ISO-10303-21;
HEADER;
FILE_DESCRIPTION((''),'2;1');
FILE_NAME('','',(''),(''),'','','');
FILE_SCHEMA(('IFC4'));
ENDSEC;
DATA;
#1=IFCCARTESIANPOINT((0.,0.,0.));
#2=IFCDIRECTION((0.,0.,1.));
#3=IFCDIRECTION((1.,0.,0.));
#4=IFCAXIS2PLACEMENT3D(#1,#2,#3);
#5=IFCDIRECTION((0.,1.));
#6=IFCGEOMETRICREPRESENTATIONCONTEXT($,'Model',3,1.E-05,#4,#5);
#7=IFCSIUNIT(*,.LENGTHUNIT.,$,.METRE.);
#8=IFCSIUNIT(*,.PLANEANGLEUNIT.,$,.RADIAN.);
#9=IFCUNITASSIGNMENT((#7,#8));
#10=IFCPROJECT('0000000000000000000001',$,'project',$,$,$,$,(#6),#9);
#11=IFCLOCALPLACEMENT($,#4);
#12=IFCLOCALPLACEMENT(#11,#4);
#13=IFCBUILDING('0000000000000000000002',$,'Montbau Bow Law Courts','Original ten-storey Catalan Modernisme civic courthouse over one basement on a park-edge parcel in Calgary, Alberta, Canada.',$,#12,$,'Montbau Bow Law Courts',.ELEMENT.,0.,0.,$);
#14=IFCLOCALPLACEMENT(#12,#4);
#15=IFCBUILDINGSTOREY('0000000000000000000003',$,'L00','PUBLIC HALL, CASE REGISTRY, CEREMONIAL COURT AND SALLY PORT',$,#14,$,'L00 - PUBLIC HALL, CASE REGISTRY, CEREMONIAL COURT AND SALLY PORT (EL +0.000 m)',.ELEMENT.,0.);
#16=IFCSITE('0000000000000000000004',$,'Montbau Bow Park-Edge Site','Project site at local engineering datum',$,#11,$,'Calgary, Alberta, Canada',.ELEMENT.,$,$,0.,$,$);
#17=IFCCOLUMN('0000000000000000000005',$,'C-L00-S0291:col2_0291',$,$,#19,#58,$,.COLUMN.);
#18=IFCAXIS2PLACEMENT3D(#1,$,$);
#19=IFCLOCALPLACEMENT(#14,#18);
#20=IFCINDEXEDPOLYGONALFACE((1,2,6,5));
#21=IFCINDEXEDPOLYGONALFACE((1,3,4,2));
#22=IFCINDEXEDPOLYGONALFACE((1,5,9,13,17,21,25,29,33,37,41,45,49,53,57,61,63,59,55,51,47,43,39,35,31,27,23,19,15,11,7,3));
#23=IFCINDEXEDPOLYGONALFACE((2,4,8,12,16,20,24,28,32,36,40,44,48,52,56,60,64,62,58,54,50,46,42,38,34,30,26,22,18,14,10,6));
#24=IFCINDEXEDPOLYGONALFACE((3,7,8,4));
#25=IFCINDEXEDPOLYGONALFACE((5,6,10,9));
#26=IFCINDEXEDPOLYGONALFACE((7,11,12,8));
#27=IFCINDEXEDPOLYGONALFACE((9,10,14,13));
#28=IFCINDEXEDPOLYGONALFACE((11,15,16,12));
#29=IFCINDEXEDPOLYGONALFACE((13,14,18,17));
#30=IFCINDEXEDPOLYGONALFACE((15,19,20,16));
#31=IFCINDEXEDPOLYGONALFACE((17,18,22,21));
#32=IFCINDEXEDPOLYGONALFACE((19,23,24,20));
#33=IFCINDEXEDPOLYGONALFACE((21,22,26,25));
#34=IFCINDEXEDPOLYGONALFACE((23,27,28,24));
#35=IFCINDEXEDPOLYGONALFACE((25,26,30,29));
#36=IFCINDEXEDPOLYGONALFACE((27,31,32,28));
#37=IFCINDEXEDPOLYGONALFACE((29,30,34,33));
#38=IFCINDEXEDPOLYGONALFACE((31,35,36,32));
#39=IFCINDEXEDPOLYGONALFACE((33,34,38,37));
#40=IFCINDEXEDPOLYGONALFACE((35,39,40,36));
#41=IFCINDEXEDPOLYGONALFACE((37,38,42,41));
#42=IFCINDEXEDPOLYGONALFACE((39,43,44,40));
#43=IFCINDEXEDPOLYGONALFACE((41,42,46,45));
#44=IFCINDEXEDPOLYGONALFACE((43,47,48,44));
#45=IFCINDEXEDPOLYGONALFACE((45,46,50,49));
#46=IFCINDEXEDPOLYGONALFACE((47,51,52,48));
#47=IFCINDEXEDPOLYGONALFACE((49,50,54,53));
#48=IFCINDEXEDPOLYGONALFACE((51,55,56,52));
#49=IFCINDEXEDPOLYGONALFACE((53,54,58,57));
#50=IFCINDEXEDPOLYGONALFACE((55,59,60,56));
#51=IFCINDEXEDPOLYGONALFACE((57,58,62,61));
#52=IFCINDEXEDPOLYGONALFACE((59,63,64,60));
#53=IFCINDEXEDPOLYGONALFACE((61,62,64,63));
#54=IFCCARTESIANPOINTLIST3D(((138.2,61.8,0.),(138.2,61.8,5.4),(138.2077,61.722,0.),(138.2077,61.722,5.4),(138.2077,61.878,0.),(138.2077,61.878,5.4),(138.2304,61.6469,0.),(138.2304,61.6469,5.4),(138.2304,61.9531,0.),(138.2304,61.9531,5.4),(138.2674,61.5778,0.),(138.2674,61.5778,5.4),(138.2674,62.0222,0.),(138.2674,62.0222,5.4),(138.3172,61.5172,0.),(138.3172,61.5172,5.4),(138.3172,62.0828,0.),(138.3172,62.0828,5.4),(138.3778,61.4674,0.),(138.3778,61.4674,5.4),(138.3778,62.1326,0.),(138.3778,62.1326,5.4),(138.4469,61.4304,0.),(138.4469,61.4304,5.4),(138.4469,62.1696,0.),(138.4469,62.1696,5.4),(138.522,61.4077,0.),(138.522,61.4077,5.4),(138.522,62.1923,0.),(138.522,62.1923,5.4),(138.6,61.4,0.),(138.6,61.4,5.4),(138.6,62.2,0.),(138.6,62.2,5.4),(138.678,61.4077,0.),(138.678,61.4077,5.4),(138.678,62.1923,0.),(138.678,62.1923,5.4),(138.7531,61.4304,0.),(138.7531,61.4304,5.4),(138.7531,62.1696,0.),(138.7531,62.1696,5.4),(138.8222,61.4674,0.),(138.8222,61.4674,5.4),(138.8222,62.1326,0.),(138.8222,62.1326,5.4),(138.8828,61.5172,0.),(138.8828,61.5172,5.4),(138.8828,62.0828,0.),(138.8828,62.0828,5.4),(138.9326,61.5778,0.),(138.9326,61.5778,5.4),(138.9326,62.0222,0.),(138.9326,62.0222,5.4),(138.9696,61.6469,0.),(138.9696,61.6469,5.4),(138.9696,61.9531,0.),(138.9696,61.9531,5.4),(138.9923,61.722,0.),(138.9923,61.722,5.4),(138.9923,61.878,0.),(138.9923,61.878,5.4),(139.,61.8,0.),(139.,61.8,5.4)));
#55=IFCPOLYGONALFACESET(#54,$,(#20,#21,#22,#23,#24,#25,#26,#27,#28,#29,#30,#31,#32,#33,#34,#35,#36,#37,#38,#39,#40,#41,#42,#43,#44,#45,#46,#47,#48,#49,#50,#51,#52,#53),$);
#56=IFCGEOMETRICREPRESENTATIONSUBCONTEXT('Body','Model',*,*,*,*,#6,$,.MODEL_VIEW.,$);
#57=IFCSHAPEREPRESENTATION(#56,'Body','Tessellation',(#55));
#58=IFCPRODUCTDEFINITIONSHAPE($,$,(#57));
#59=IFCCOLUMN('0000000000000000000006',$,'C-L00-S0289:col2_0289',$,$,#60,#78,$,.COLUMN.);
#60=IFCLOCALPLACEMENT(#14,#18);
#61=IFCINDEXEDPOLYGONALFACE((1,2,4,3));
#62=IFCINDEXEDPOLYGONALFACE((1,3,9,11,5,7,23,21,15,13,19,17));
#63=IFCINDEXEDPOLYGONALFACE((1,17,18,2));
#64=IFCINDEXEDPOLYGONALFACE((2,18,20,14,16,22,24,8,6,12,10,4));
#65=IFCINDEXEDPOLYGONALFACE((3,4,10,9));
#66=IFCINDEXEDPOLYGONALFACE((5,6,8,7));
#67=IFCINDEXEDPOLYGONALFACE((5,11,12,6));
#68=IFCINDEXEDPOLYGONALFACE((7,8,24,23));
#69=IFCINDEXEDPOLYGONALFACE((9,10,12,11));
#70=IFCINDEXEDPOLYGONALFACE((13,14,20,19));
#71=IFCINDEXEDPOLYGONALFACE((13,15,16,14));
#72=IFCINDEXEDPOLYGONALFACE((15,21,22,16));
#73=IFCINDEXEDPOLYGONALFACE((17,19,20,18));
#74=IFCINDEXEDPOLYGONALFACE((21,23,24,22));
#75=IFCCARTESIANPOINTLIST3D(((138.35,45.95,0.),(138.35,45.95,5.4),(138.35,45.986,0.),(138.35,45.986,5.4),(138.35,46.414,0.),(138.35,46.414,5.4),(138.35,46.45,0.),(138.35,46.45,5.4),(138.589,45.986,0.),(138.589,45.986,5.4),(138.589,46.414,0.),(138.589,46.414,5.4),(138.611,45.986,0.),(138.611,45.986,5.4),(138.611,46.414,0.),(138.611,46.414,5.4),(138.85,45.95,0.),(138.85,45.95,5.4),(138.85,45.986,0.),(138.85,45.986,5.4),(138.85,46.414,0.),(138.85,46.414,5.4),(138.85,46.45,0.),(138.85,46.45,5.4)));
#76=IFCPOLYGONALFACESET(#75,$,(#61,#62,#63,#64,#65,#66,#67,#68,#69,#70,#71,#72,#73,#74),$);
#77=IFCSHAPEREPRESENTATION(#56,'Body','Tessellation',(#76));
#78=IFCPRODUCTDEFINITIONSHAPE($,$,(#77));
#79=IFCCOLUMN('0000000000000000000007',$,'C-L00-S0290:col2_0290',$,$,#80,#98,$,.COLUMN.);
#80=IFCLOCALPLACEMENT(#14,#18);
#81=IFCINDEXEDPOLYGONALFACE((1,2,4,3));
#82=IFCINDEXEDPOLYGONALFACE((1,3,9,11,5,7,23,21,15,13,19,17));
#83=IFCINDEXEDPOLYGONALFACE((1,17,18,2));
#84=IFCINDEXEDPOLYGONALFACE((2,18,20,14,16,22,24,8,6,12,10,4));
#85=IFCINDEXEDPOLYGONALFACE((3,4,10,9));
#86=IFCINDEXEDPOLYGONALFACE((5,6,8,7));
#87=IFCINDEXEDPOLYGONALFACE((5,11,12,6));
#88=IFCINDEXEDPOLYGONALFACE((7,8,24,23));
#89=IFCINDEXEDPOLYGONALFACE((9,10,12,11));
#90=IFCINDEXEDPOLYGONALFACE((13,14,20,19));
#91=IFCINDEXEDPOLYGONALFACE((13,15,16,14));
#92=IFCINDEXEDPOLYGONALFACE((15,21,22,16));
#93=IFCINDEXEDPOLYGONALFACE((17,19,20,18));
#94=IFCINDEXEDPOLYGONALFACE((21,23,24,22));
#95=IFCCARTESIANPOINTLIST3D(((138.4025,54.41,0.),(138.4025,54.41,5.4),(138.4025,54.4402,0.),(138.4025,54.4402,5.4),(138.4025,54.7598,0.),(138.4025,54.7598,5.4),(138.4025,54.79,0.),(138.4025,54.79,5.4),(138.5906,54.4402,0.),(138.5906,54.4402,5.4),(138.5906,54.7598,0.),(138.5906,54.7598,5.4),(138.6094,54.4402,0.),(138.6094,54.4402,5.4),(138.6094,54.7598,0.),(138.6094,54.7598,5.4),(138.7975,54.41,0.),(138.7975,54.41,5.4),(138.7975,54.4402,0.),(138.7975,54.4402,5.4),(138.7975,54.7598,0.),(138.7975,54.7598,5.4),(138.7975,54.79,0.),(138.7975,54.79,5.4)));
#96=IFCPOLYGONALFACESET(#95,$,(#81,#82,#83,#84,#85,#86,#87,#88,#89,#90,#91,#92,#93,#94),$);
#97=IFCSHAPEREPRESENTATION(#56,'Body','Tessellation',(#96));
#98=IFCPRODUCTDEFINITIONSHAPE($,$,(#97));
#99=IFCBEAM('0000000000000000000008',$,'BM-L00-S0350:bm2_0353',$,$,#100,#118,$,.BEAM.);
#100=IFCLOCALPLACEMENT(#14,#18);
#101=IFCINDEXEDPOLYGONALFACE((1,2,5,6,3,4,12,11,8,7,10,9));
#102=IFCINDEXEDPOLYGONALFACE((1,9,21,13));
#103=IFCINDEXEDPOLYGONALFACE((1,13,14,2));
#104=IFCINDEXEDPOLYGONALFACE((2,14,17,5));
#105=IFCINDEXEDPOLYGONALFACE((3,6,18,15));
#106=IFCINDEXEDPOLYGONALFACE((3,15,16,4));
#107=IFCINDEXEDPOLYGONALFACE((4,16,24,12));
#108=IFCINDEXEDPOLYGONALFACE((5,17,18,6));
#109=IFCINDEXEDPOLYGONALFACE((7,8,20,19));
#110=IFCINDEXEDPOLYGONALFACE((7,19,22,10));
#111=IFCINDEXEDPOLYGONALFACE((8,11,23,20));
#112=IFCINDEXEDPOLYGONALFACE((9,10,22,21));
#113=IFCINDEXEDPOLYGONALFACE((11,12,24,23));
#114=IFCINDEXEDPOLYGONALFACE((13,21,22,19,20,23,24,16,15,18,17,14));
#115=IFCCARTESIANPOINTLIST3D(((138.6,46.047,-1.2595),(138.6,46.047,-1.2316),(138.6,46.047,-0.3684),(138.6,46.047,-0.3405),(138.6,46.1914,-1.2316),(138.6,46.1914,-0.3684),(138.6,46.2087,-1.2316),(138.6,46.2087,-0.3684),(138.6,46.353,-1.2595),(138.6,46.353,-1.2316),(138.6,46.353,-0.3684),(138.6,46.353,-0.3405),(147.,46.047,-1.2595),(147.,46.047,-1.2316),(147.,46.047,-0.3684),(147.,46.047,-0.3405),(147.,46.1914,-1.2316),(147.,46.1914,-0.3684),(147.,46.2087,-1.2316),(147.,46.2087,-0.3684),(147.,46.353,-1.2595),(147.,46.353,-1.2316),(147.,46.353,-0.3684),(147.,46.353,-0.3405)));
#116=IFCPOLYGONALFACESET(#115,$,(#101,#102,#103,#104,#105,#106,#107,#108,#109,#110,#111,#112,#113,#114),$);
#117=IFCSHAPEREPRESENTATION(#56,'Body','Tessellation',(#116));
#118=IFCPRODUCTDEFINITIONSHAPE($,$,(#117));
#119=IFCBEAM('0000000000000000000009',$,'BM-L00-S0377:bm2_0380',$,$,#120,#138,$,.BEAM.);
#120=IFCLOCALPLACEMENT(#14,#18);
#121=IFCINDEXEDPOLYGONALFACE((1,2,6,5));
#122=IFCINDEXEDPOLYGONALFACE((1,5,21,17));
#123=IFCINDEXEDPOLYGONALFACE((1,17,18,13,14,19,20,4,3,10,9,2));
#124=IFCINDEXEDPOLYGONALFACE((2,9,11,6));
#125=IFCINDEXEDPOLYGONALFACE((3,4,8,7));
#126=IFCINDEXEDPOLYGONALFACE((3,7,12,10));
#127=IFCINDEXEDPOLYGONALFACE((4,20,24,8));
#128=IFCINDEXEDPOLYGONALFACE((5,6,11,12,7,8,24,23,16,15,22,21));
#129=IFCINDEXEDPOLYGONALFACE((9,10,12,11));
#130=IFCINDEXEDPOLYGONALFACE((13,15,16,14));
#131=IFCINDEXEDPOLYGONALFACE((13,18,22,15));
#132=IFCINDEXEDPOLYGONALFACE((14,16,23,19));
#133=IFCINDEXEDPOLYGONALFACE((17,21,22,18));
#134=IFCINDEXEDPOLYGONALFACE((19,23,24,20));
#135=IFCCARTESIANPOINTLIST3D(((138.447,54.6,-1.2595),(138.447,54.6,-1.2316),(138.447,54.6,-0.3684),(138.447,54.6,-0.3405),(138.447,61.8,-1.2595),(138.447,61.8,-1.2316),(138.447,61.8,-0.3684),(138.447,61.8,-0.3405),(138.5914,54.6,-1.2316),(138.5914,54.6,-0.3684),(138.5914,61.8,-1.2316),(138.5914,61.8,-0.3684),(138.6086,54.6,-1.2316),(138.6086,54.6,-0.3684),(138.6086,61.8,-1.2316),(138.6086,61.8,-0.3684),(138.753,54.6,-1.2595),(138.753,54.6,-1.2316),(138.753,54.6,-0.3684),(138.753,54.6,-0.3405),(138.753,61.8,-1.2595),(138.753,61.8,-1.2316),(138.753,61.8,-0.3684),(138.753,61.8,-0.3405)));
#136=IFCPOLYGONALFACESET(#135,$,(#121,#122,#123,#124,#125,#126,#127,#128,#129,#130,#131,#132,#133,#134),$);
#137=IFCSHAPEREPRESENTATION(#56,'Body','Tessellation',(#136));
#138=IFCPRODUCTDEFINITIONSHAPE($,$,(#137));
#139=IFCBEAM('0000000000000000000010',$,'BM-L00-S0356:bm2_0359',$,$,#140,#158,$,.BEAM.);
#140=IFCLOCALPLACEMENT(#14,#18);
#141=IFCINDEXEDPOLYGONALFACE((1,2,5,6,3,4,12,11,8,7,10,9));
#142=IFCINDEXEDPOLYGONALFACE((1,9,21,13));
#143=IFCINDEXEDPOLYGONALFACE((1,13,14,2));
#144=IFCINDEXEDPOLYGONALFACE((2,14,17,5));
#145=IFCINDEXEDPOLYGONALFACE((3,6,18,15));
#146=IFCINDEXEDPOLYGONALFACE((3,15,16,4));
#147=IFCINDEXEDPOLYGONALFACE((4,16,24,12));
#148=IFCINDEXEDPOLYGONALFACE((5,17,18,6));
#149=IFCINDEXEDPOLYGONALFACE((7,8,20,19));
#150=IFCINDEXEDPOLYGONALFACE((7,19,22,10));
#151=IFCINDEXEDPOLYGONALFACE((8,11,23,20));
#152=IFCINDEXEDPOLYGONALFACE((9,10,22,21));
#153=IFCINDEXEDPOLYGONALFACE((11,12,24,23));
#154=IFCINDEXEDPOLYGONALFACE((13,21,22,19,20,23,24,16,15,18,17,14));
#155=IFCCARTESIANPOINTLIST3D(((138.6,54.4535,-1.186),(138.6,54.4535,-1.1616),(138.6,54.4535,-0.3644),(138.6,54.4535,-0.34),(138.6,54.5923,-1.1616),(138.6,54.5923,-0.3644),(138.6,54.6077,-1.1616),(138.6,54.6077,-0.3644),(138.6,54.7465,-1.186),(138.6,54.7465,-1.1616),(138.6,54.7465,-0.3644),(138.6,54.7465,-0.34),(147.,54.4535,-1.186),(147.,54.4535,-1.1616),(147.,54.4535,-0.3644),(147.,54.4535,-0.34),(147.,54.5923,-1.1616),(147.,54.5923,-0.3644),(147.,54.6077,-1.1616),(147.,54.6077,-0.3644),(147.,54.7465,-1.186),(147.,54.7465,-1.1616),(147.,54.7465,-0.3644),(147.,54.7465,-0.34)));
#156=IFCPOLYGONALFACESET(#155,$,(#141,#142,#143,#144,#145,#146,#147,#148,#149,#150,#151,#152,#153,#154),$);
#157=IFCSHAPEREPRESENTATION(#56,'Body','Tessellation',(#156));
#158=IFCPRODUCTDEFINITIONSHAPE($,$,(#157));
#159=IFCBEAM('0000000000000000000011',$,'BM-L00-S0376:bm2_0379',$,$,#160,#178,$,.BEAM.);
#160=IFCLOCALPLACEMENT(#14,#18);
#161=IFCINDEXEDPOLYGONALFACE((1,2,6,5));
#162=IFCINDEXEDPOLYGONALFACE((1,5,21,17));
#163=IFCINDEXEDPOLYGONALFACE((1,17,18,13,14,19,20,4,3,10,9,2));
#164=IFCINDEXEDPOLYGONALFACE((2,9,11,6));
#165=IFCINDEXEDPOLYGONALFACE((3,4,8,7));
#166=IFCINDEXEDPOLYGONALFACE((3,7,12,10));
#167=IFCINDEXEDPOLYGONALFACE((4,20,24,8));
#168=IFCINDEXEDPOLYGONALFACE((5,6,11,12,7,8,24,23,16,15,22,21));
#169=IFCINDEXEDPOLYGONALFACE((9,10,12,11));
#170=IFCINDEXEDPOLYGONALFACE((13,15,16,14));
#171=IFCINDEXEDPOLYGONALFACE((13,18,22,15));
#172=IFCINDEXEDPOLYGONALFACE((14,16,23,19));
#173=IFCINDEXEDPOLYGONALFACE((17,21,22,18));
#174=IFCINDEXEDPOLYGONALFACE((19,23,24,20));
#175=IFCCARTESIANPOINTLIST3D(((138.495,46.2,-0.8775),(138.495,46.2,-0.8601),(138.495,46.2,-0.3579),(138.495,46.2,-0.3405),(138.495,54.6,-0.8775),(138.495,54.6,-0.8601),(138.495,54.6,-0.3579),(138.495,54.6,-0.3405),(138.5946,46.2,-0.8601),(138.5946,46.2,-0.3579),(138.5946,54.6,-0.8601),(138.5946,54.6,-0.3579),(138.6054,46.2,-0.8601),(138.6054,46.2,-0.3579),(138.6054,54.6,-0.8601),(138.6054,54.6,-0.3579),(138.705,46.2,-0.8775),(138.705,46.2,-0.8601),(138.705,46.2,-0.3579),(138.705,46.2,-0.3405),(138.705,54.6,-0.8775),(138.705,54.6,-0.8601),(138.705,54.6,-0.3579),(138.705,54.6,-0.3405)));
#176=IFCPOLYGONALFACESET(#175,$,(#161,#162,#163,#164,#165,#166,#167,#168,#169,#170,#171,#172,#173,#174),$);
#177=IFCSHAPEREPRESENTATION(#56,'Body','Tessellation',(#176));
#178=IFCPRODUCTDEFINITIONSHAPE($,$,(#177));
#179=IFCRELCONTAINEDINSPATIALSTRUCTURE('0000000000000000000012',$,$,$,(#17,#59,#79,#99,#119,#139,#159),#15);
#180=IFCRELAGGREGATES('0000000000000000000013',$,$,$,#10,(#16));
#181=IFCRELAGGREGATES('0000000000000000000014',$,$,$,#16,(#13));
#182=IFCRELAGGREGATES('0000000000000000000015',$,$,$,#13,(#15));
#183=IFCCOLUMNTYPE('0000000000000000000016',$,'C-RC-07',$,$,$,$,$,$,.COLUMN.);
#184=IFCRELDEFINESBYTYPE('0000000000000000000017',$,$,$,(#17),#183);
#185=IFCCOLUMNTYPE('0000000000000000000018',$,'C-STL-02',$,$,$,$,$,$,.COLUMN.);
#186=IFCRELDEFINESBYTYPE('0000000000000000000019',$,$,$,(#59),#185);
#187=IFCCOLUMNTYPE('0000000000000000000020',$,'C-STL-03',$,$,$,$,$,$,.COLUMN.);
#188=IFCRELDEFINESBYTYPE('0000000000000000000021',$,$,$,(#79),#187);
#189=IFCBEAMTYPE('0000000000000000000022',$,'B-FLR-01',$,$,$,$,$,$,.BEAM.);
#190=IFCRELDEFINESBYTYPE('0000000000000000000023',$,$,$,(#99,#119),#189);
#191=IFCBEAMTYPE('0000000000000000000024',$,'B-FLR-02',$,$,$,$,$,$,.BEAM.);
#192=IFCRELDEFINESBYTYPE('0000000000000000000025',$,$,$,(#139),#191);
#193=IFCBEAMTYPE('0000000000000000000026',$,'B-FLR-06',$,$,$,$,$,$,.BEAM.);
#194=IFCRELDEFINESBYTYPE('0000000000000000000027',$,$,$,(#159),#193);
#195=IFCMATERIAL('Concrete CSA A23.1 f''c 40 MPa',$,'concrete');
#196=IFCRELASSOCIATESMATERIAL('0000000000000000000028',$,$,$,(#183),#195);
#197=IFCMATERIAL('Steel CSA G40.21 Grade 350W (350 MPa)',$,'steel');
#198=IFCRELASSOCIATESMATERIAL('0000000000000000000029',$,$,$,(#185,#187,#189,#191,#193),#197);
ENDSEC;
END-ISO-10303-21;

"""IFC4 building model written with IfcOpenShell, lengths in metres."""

from ifc_helpers import new_model, si_unit, direction, frame, origin_with_axes, origin_2d_with_axis, place, context, subcontext, project, spatial, circle, i_section, extrude, material, material_profile, profile_set, type_object, element, save


model = new_model("IFC4")

# Units and contexts
model_context = context("Model", 3, precision=1e-05, world=origin_with_axes(), true_north=direction((0.0, 1.0)))
body_context = subcontext(model_context, "Body", "Model", "MODEL_VIEW")
ifc_project = project(units=[si_unit("LENGTHUNIT", "METRE"), si_unit("PLANEANGLEUNIT", "RADIAN")], contexts=[model_context])

# Site, building, storey
site_placement = place(None, origin_with_axes())
site = spatial("IfcSite", under=ifc_project, at=site_placement, Name="Montbau Bow Park-Edge Site", Description="Project site at local engineering datum", LongName="Calgary, Alberta, Canada", CompositionType="ELEMENT", RefElevation=0.0)
building_placement = place(site_placement, origin_with_axes())
building = spatial("IfcBuilding", under=site, at=building_placement, Name="Montbau Bow Law Courts", Description="Original ten-storey Catalan Modernisme civic courthouse over one basement on a park-edge parcel in Calgary, Alberta, Canada.", LongName="Montbau Bow Law Courts", CompositionType="ELEMENT", ElevationOfRefHeight=0.0, ElevationOfTerrain=0.0)
storey_placement = place(building_placement, origin_with_axes())
storey = spatial("IfcBuildingStorey", under=building, at=storey_placement, Name="L00", Description="PUBLIC HALL, CASE REGISTRY, CEREMONIAL COURT AND SALLY PORT", LongName="L00 - PUBLIC HALL, CASE REGISTRY, CEREMONIAL COURT AND SALLY PORT (EL +0.000 m)", CompositionType="ELEMENT", Elevation=0.0)

# Columns
ifc_material_1 = material(Name="Concrete CSA A23.1 f'c 40 MPa", Category="concrete")
ifc_material_profile_1 = material_profile(ifc_material_1, circle(Radius=0.4, at=origin_2d_with_axis()), Name="RC800D", Category="Main", Priority=0)
ifc_profile_set_1 = profile_set([ifc_material_profile_1], Name="Concrete CSA A23.1 f'c 40 MPa")
column_type_1 = type_object("IfcColumnType", Name="C-RC-07", PredefinedType="COLUMN", material=ifc_profile_set_1)
column_1_placement = place(None, frame((138.6, 61.8, 0.0), z_axis=(0.0, 0.0, 1.0), x_axis=(1.0, 0.0, 0.0)))
element("IfcColumn", 1, at=column_1_placement, inside=storey, type_object=column_type_1, Name="C-L00-S0291:col2_0291", PredefinedType="COLUMN", context=body_context, shape_type="SweptSolid", body=[
    extrude(circle(Radius=0.4, at=origin_2d_with_axis()), origin_with_axes(), (0.0, 0.0, 1.0), 5.4),
])
ifc_material_2 = material(Name="Steel CSA G40.21 Grade 350W (350 MPa)", Category="steel")
ifc_material_profile_2 = material_profile(ifc_material_2, i_section(OverallWidth=0.5, OverallDepth=0.5, WebThickness=0.022, FlangeThickness=0.036, at=origin_2d_with_axis()), Name="WWF500X343", Category="Main", Priority=0)
ifc_profile_set_2 = profile_set([ifc_material_profile_2], Name="Steel CSA G40.21 Grade 350W (350 MPa)")
column_type_2 = type_object("IfcColumnType", Name="C-STL-02", PredefinedType="COLUMN", material=ifc_profile_set_2)
column_2_placement = place(None, frame((138.6, 46.2, 0.0), z_axis=(0.0, 0.0, 1.0), x_axis=(1.0, 0.0, 0.0)))
element("IfcColumn", 2, at=column_2_placement, inside=storey, type_object=column_type_2, Name="C-L00-S0289:col2_0289", PredefinedType="COLUMN", context=body_context, shape_type="SweptSolid", body=[
    extrude(i_section(OverallWidth=0.5, OverallDepth=0.5, WebThickness=0.022, FlangeThickness=0.036, at=origin_2d_with_axis()), origin_with_axes(), (0.0, 0.0, 1.0), 5.4),
])
ifc_material_profile_3 = material_profile(ifc_material_2, i_section(OverallWidth=0.395, OverallDepth=0.38, WebThickness=0.0189, FlangeThickness=0.0302, at=origin_2d_with_axis()), Name="W360X237", Category="Main", Priority=0)
ifc_profile_set_3 = profile_set([ifc_material_profile_3], Name="Steel CSA G40.21 Grade 350W (350 MPa)")
column_type_3 = type_object("IfcColumnType", Name="C-STL-03", PredefinedType="COLUMN", material=ifc_profile_set_3)
column_3_placement = place(None, frame((138.6, 54.6, 0.0), z_axis=(0.0, 0.0, 1.0), x_axis=(1.0, 0.0, 0.0)))
element("IfcColumn", 3, at=column_3_placement, inside=storey, type_object=column_type_3, Name="C-L00-S0290:col2_0290", PredefinedType="COLUMN", context=body_context, shape_type="SweptSolid", body=[
    extrude(i_section(OverallWidth=0.395, OverallDepth=0.38, WebThickness=0.0189, FlangeThickness=0.0302, at=origin_2d_with_axis()), origin_with_axes(), (0.0, 0.0, 1.0), 5.4),
])

# Beams
ifc_material_profile_4 = material_profile(ifc_material_2, i_section(OverallWidth=0.306, OverallDepth=0.919, WebThickness=0.0173, FlangeThickness=0.0279, at=origin_2d_with_axis()), Name="W920X253", Category="Main", Priority=0)
ifc_profile_set_4 = profile_set([ifc_material_profile_4], Name="Steel CSA G40.21 Grade 350W (350 MPa)")
beam_type_1 = type_object("IfcBeamType", Name="B-FLR-01", PredefinedType="BEAM", material=ifc_profile_set_4)
beam_1_placement = place(None, frame((138.6, 46.2, -0.8), z_axis=(1.0, 0.0, 0.0), x_axis=(0.0, 1.0, 0.0)))
element("IfcBeam", 4, at=beam_1_placement, inside=storey, type_object=beam_type_1, Name="BM-L00-S0350:bm2_0353", PredefinedType="BEAM", context=body_context, shape_type="SweptSolid", body=[
    extrude(i_section(OverallWidth=0.306, OverallDepth=0.919, WebThickness=0.0173, FlangeThickness=0.0279, at=origin_2d_with_axis()), origin_with_axes(), (0.0, 0.0, 1.0), 8.4),
])
beam_2_placement = place(None, frame((138.6, 54.6, -0.8), z_axis=(0.0, 1.0, 0.0), x_axis=(-1.0, 0.0, 0.0)))
element("IfcBeam", 5, at=beam_2_placement, inside=storey, type_object=beam_type_1, Name="BM-L00-S0377:bm2_0380", PredefinedType="BEAM", context=body_context, shape_type="SweptSolid", body=[
    extrude(i_section(OverallWidth=0.306, OverallDepth=0.919, WebThickness=0.0173, FlangeThickness=0.0279, at=origin_2d_with_axis()), origin_with_axes(), (0.0, 0.0, 1.0), 7.2),
])
ifc_material_profile_5 = material_profile(ifc_material_2, i_section(OverallWidth=0.293, OverallDepth=0.846, WebThickness=0.0154, FlangeThickness=0.0244, at=origin_2d_with_axis()), Name="W840X210", Category="Main", Priority=0)
ifc_profile_set_5 = profile_set([ifc_material_profile_5], Name="Steel CSA G40.21 Grade 350W (350 MPa)")
beam_type_2 = type_object("IfcBeamType", Name="B-FLR-02", PredefinedType="BEAM", material=ifc_profile_set_5)
beam_3_placement = place(None, frame((138.6, 54.6, -0.763), z_axis=(1.0, 0.0, 0.0), x_axis=(0.0, 1.0, 0.0)))
element("IfcBeam", 6, at=beam_3_placement, inside=storey, type_object=beam_type_2, Name="BM-L00-S0356:bm2_0359", PredefinedType="BEAM", context=body_context, shape_type="SweptSolid", body=[
    extrude(i_section(OverallWidth=0.293, OverallDepth=0.846, WebThickness=0.0154, FlangeThickness=0.0244, at=origin_2d_with_axis()), origin_with_axes(), (0.0, 0.0, 1.0), 8.4),
])
ifc_material_profile_6 = material_profile(ifc_material_2, i_section(OverallWidth=0.21, OverallDepth=0.537, WebThickness=0.0109, FlangeThickness=0.0174, at=origin_2d_with_axis()), Name="W530X101", Category="Main", Priority=0)
ifc_profile_set_6 = profile_set([ifc_material_profile_6], Name="Steel CSA G40.21 Grade 350W (350 MPa)")
beam_type_3 = type_object("IfcBeamType", Name="B-FLR-06", PredefinedType="BEAM", material=ifc_profile_set_6)
beam_4_placement = place(None, frame((138.6, 46.2, -0.609), z_axis=(0.0, 1.0, 0.0), x_axis=(-1.0, 0.0, 0.0)))
element("IfcBeam", 7, at=beam_4_placement, inside=storey, type_object=beam_type_3, Name="BM-L00-S0376:bm2_0379", PredefinedType="BEAM", context=body_context, shape_type="SweptSolid", body=[
    extrude(i_section(OverallWidth=0.21, OverallDepth=0.537, WebThickness=0.0109, FlangeThickness=0.0174, at=origin_2d_with_axis()), origin_with_axes(), (0.0, 0.0, 1.0), 8.4),
])

save(model, "model.ifc")
